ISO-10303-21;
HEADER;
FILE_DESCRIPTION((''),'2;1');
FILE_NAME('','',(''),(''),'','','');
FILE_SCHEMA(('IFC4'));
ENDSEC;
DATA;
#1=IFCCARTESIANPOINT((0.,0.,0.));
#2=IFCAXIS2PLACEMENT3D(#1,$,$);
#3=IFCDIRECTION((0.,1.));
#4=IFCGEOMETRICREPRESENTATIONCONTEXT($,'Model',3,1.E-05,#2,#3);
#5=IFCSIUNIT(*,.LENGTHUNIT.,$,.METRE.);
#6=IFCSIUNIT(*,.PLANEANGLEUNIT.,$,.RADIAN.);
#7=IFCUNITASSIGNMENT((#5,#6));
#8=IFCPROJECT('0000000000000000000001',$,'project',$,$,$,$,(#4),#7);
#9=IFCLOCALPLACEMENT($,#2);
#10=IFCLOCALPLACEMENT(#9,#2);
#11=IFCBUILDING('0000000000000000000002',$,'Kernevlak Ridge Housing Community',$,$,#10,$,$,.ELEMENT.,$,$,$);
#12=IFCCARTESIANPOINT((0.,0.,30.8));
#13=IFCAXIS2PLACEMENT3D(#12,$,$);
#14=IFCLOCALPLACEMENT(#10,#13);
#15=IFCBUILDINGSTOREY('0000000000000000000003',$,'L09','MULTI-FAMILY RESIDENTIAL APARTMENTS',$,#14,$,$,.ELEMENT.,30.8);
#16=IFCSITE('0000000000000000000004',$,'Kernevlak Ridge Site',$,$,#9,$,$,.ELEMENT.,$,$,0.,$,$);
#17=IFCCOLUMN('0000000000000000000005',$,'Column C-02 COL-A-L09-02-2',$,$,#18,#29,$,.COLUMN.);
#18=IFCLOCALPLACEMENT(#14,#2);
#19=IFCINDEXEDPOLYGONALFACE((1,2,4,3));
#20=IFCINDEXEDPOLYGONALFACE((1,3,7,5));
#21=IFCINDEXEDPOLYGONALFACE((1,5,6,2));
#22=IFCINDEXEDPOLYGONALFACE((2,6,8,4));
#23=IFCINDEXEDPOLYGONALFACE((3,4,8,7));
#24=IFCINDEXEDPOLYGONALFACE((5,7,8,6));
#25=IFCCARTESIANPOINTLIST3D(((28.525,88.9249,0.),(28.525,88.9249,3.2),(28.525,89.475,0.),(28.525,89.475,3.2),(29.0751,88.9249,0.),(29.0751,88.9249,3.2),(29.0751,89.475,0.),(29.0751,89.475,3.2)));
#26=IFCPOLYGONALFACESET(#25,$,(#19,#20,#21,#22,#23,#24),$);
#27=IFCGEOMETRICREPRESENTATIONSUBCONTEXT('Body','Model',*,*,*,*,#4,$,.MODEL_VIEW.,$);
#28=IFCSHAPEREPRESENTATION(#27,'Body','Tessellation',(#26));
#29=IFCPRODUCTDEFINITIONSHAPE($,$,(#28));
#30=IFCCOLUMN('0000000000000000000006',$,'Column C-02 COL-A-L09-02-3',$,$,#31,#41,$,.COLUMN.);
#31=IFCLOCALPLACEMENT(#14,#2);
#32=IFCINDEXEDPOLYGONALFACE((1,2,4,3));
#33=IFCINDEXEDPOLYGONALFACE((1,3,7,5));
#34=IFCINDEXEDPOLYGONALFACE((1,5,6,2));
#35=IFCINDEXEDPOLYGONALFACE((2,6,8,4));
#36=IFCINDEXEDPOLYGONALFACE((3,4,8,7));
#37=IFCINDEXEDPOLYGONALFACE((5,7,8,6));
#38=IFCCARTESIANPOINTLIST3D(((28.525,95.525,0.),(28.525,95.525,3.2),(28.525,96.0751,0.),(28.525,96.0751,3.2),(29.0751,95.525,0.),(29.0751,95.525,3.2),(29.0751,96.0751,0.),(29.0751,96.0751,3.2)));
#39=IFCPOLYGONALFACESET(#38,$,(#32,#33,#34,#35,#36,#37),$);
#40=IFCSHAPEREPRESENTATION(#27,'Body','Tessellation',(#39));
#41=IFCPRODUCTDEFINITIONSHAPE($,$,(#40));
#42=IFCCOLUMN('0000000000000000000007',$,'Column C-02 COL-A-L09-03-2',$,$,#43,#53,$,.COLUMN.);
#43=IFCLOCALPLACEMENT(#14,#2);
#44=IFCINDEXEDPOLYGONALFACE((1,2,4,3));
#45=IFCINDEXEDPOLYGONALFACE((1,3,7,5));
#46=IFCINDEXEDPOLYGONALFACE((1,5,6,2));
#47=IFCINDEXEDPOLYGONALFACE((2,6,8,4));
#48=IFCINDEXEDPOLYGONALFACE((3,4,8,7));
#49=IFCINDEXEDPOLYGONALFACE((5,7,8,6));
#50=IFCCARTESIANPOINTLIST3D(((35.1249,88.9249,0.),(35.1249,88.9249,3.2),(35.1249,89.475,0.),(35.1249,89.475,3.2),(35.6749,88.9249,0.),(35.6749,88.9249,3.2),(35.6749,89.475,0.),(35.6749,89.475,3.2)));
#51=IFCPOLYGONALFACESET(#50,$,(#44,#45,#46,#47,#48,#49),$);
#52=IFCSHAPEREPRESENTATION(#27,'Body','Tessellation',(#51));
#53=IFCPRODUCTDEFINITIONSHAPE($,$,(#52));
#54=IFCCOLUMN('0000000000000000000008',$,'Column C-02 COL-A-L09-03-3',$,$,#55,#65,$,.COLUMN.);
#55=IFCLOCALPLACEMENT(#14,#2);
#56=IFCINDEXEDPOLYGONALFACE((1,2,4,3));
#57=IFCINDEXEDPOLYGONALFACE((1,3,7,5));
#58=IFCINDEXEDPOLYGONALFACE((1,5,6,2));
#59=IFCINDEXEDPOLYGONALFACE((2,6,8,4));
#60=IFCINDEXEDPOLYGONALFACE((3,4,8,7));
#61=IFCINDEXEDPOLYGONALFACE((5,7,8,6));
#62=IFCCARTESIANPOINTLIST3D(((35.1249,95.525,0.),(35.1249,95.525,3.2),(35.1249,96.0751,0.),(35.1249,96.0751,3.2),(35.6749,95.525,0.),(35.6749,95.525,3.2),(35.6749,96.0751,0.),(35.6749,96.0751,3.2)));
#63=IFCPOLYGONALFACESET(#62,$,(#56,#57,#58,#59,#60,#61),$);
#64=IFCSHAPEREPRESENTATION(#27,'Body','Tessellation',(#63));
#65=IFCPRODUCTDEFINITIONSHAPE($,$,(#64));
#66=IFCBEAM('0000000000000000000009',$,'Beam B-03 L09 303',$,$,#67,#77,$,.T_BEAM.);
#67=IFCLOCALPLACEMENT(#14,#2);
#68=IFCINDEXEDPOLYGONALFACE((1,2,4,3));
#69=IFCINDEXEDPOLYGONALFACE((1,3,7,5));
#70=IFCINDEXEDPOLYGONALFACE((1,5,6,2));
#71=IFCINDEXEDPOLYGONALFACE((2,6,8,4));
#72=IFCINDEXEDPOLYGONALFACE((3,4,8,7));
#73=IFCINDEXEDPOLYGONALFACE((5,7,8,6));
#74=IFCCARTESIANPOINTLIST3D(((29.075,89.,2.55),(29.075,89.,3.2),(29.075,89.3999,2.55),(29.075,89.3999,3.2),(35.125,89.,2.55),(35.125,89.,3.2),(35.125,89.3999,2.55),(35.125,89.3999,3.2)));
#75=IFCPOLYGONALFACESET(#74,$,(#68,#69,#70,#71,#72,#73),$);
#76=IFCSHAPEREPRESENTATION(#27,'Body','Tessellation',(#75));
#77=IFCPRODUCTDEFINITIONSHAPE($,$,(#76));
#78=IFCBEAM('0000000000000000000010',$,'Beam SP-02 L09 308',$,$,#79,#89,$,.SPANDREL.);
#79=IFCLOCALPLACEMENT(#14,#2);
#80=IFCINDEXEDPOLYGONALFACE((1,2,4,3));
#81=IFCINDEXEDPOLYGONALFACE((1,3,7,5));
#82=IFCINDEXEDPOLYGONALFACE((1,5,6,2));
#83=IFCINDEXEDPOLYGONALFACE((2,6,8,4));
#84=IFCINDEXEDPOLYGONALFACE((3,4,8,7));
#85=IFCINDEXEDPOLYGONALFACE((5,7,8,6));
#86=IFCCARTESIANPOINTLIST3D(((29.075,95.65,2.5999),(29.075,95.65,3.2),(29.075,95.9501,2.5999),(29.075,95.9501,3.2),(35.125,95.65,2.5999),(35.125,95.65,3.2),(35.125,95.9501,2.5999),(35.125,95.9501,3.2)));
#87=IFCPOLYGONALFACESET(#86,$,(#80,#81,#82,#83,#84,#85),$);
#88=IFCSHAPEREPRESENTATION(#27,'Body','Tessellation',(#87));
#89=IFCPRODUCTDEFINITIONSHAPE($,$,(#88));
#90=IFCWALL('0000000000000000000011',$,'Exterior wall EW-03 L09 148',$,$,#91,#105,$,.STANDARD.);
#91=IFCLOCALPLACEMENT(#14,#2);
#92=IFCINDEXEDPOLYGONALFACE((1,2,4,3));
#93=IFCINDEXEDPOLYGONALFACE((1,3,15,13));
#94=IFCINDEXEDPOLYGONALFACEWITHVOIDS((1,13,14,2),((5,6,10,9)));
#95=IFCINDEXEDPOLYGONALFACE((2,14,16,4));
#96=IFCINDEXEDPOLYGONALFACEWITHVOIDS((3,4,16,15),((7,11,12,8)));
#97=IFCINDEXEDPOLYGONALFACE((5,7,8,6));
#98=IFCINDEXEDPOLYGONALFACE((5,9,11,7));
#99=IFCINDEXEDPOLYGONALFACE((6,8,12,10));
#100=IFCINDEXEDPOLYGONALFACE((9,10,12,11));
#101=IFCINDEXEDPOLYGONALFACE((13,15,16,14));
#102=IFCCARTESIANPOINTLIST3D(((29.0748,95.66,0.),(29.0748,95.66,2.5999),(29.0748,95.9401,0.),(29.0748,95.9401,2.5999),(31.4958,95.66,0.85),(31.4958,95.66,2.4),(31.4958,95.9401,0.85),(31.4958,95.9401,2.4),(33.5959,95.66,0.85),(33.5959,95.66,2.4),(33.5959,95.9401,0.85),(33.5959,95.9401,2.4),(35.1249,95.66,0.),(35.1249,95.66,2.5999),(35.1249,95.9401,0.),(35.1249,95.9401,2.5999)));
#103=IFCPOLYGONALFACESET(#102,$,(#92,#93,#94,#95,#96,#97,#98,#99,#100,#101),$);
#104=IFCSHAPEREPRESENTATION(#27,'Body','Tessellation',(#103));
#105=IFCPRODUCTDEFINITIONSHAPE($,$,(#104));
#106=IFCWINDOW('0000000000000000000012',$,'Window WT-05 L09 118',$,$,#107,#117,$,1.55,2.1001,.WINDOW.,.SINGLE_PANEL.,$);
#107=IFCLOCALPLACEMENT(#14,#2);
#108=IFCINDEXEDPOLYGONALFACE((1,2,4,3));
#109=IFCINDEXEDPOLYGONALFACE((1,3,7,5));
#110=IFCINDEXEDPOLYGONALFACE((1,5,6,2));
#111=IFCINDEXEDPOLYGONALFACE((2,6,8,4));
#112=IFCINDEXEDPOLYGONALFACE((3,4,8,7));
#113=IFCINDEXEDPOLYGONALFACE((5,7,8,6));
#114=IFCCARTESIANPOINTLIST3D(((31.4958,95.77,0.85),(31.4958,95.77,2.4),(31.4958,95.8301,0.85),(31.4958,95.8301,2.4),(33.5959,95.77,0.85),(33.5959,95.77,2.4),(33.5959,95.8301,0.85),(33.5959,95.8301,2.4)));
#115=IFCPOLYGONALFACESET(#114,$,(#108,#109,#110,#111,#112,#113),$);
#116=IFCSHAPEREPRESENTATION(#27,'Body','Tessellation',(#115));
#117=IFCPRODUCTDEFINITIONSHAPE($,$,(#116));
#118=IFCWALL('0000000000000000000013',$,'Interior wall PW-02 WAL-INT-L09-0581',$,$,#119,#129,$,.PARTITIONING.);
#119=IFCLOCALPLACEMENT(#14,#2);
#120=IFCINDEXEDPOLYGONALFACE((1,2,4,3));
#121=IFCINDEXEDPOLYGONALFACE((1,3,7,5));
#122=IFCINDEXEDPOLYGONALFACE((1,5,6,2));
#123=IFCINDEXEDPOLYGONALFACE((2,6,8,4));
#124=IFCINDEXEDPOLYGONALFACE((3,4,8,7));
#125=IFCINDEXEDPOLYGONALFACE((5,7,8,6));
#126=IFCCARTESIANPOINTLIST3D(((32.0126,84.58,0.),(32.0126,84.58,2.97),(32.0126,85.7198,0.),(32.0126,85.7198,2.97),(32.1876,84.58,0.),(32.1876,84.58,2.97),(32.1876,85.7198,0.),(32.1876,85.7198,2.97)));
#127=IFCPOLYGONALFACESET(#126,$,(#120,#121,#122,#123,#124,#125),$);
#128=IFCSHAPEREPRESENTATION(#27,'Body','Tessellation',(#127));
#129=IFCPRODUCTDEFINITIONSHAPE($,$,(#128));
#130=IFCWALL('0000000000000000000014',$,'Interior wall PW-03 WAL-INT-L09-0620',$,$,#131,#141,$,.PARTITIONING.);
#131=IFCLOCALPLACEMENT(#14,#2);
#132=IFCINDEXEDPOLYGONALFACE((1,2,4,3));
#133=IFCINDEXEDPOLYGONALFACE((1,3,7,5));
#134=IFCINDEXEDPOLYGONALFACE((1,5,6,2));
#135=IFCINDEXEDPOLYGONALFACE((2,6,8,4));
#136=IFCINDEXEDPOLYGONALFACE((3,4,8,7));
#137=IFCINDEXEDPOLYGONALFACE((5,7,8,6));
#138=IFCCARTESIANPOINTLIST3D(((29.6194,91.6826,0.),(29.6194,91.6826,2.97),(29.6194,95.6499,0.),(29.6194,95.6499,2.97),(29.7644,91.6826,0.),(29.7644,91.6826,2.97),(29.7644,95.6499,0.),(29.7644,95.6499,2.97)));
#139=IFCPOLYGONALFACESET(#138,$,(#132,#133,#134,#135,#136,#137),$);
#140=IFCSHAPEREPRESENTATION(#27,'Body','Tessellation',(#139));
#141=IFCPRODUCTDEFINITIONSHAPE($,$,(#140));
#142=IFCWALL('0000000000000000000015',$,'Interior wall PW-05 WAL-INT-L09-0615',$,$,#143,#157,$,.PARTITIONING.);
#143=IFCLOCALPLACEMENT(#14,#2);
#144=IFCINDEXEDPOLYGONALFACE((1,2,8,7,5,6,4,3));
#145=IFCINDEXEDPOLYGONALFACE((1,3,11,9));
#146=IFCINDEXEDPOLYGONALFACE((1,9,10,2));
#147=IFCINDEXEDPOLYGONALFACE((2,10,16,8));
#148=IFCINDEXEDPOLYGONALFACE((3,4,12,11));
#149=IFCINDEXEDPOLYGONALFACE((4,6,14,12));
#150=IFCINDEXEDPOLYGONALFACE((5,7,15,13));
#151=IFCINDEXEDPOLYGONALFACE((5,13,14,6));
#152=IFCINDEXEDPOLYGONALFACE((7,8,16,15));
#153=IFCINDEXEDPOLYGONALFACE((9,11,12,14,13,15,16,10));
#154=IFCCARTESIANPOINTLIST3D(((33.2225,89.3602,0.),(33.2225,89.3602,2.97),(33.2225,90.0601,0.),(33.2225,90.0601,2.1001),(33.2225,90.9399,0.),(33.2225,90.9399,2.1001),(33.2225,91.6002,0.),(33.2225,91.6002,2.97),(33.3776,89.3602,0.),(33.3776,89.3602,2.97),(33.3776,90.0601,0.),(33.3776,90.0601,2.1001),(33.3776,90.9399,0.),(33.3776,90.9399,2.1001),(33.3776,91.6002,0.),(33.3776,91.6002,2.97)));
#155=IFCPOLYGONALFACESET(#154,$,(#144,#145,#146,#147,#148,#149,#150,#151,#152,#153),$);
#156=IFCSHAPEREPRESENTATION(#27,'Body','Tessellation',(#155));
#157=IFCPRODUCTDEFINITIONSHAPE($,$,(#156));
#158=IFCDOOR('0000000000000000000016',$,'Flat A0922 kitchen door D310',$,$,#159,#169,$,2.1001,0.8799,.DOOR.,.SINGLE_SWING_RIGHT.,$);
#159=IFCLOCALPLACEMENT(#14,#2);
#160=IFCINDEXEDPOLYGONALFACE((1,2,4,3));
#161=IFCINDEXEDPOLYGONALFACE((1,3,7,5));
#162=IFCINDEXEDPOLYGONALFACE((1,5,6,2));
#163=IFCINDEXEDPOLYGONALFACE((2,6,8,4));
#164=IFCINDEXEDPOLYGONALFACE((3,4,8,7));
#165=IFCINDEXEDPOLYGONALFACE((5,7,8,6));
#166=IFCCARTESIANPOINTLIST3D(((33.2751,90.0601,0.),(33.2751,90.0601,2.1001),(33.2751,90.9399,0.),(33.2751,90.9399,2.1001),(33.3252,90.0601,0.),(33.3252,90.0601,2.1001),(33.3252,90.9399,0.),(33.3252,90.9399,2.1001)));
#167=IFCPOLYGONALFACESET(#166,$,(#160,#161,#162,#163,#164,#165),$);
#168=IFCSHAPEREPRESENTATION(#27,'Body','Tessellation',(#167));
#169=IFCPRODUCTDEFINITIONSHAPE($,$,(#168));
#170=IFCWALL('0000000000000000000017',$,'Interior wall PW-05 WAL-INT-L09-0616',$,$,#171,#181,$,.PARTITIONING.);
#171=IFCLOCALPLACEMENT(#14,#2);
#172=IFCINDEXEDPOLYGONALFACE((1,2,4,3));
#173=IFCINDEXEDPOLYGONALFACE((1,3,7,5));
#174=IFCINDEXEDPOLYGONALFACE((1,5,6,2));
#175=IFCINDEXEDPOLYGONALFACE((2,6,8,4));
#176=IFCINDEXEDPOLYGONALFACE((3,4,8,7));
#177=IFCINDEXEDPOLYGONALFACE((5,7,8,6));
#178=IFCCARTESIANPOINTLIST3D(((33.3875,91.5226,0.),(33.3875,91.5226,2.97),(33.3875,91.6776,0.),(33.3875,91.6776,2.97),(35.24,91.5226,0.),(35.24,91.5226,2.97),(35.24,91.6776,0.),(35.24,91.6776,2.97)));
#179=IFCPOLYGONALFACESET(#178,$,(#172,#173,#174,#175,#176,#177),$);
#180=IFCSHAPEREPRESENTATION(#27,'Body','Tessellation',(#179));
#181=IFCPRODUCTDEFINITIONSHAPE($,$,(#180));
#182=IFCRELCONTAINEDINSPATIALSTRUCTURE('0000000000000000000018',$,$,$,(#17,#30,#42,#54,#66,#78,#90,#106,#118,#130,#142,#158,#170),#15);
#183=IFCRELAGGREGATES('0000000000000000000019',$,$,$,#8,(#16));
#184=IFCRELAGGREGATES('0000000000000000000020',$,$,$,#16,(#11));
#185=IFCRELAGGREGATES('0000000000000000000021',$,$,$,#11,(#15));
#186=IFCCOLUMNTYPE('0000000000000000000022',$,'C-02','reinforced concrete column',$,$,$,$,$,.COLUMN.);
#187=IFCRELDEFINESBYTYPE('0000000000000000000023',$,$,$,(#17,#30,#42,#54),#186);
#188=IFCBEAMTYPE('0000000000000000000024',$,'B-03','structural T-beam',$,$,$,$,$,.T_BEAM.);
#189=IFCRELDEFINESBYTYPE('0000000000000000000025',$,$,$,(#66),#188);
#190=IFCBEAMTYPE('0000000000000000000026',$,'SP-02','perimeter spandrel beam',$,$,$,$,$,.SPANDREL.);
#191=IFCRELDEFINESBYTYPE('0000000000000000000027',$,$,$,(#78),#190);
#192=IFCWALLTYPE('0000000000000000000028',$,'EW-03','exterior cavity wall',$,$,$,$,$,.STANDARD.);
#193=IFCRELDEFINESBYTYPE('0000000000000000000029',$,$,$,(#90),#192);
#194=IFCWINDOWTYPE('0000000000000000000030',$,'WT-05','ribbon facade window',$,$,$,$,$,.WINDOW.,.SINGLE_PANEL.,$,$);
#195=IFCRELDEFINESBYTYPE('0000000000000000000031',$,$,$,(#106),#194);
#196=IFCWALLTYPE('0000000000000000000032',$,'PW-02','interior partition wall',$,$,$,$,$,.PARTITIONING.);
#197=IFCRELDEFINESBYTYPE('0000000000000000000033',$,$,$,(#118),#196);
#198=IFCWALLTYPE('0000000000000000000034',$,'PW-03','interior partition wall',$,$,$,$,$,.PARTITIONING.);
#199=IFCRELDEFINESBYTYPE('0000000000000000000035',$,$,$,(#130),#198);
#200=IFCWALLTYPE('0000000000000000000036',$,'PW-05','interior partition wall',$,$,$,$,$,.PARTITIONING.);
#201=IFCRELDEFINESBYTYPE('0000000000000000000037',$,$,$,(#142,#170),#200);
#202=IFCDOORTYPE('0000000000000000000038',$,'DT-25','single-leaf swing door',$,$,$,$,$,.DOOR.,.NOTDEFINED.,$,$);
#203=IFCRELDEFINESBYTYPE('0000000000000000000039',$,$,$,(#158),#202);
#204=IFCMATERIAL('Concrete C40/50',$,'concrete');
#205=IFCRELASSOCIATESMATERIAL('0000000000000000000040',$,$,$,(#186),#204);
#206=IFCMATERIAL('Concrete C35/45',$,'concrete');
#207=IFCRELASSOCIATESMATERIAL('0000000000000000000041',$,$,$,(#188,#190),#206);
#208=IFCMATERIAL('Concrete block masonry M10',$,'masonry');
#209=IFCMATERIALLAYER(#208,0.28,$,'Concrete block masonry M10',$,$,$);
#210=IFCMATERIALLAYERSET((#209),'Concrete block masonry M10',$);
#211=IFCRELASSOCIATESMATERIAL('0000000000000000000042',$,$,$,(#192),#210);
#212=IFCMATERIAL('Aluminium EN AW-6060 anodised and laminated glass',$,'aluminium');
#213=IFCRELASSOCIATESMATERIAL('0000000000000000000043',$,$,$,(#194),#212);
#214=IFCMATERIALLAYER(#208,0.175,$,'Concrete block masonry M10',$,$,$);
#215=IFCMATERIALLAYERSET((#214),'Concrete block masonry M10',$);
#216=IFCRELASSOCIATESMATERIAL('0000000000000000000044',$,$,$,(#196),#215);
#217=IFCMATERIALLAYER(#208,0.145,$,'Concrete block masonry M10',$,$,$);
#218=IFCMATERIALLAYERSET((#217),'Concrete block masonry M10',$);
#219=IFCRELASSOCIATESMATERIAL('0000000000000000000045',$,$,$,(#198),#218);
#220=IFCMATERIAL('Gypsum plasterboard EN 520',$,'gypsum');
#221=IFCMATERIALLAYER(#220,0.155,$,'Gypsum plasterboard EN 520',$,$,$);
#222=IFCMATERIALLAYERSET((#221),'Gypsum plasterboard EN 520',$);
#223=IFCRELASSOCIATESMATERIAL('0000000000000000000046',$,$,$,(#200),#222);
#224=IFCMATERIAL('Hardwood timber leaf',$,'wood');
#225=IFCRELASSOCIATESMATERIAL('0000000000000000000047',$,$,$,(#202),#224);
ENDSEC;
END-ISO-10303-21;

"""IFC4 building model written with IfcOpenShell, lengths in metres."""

from ifc_helpers import new_model, si_unit, direction, frame, frame_2d, origin, origin_2d, place, context, subcontext, project, spatial, rectangle, extrude, material, layer, layer_set, material_profile, profile_set, type_object, element, fill, save


model = new_model("IFC4")

# Units and contexts
model_context = context("Model", 3, precision=1e-05, world=origin(), true_north=direction((0.0, 1.0)))
body_context = subcontext(model_context, "Body", "Model", "MODEL_VIEW")
ifc_project = project(units=[si_unit("LENGTHUNIT", "METRE"), si_unit("PLANEANGLEUNIT", "RADIAN")], contexts=[model_context])

# Site, building, storey
site_placement = place(None, origin())
site = spatial("IfcSite", under=ifc_project, at=site_placement, Name="Kernevlak Ridge Site", CompositionType="ELEMENT", RefElevation=0.0)
building_placement = place(site_placement, origin())
building = spatial("IfcBuilding", under=site, at=building_placement, Name="Kernevlak Ridge Housing Community", CompositionType="ELEMENT")
storey_placement = place(building_placement, frame((0.0, 0.0, 30.8)))
storey = spatial("IfcBuildingStorey", under=building, at=storey_placement, Name="L09", Description="MULTI-FAMILY RESIDENTIAL APARTMENTS", CompositionType="ELEMENT", Elevation=30.8)

# Columns
ifc_material_1 = material(Name="Concrete C40/50", Category="concrete")
ifc_material_profile_1 = material_profile(ifc_material_1, rectangle(XDim=0.55, YDim=0.55, at=origin_2d()), Name="RC 550x550")
ifc_profile_set_1 = profile_set([ifc_material_profile_1], Name="Concrete C40/50")
column_type = type_object("IfcColumnType", Name="C-02", Description="reinforced concrete column", PredefinedType="COLUMN", material=ifc_profile_set_1)
for number, where, z_axis, x_axis, name in (
    (1, (28.8, 89.2, 0.0), (0.0, 0.0, 1.0), (1.0, 0.0, 0.0), "Column C-02 COL-A-L09-02-2"),
    (2, (28.8, 95.8, 0.0), (0.0, 0.0, 1.0), (1.0, 0.0, 0.0), "Column C-02 COL-A-L09-02-3"),
    (3, (35.3999, 89.2, 0.0), (0.0, 0.0, 1.0), (1.0, 0.0, 0.0), "Column C-02 COL-A-L09-03-2"),
    (4, (35.3999, 95.8, 0.0), (0.0, 0.0, 1.0), (1.0, 0.0, 0.0), "Column C-02 COL-A-L09-03-3"),
):
    element("IfcColumn", number, at=place(storey_placement, frame(where, z_axis=z_axis, x_axis=x_axis)), inside=storey, type_object=column_type, Name=name, PredefinedType="COLUMN", context=body_context, shape_type="SweptSolid", body=[
        extrude(rectangle(XDim=0.55, YDim=0.55, at=origin_2d()), origin(), (0.0, 0.0, 1.0), 3.2),
    ])

# Beams
ifc_material_2 = material(Name="Concrete C35/45", Category="concrete")
ifc_material_profile_2 = material_profile(ifc_material_2, rectangle(XDim=0.3999, YDim=0.6499, at=origin_2d()), Name="RC 400x650")
ifc_profile_set_2 = profile_set([ifc_material_profile_2], Name="Concrete C35/45")
beam_type_1 = type_object("IfcBeamType", Name="B-03", Description="structural T-beam", PredefinedType="T_BEAM", material=ifc_profile_set_2)
beam_1_placement = place(storey_placement, frame((29.075, 89.2, 2.875), z_axis=(1.0, 0.0, 0.0), x_axis=(0.0, 1.0, 0.0)))
element("IfcBeam", 5, at=beam_1_placement, inside=storey, type_object=beam_type_1, Name="Beam B-03 L09 303", PredefinedType="T_BEAM", context=body_context, shape_type="SweptSolid", body=[
    extrude(rectangle(XDim=0.3999, YDim=0.6499, at=origin_2d()), origin(), (0.0, 0.0, 1.0), 6.05),
])
ifc_material_profile_3 = material_profile(ifc_material_2, rectangle(XDim=0.3, YDim=0.6001, at=origin_2d()), Name="RC 300x600")
ifc_profile_set_3 = profile_set([ifc_material_profile_3], Name="Concrete C35/45")
beam_type_2 = type_object("IfcBeamType", Name="SP-02", Description="perimeter spandrel beam", PredefinedType="SPANDREL", material=ifc_profile_set_3)
beam_2_placement = place(storey_placement, frame((29.075, 95.8, 2.8999), z_axis=(1.0, 0.0, 0.0), x_axis=(0.0, 1.0, 0.0)))
element("IfcBeam", 6, at=beam_2_placement, inside=storey, type_object=beam_type_2, Name="Beam SP-02 L09 308", PredefinedType="SPANDREL", context=body_context, shape_type="SweptSolid", body=[
    extrude(rectangle(XDim=0.3, YDim=0.6001, at=origin_2d()), origin(), (0.0, 0.0, 1.0), 6.05),
])

# Wall, opening, window
ifc_material_3 = material(Name="Concrete block masonry M10", Category="masonry")
ifc_layer_1 = layer(ifc_material_3, 0.28, Name="Concrete block masonry M10")
ifc_layer_set_1 = layer_set([ifc_layer_1], Name="Concrete block masonry M10")
wall_type_1 = type_object("IfcWallType", Name="EW-03", Description="exterior cavity wall", PredefinedType="STANDARD", material=ifc_layer_set_1)
wall_1_placement = place(storey_placement, frame((29.075, 95.8, 0.0), z_axis=(0.0, 0.0, 1.0), x_axis=(1.0, 0.0, 0.0)))
wall_1 = element("IfcWall", 7, at=wall_1_placement, inside=storey, type_object=wall_type_1, Name="Exterior wall EW-03 L09 148", PredefinedType="STANDARD", context=body_context, shape_type="SweptSolid", body=[
    extrude(rectangle(XDim=6.05, YDim=0.28, at=frame_2d((3.0249, 0.0))), origin(), (0.0, 0.0, 1.0), 2.5999),
])
opening_1_placement = place(wall_1_placement, frame((2.4209, 0.0, 0.8501)))
opening_1 = element("IfcOpeningElement", 8, at=opening_1_placement, cuts=wall_1, PredefinedType="OPENING", context=body_context, shape_type="SweptSolid", body=[
    extrude(rectangle(XDim=2.1001, YDim=1.55, at=frame_2d((1.05, 0.7749))), frame((0.0, 0.1499, 0.0), z_axis=(0.0, -1.0, 0.0), x_axis=(1.0, 0.0, 0.0)), (0.0, 0.0, 1.0), 0.3),
])
ifc_material_4 = material(Name="Aluminium EN AW-6060 anodised and laminated glass", Category="aluminium")
window_type = type_object("IfcWindowType", Name="WT-05", Description="ribbon facade window", PartitioningType="SINGLE_PANEL", PredefinedType="WINDOW", material=ifc_material_4)
window_placement = place(opening_1_placement, origin())
window = element("IfcWindow", 9, at=window_placement, inside=storey, type_object=window_type, Name="Window WT-05 L09 118", OverallHeight=1.55, OverallWidth=2.1001, PartitioningType="SINGLE_PANEL", PredefinedType="WINDOW", context=body_context, shape_type="SweptSolid", body=[
    extrude(rectangle(XDim=2.1001, YDim=1.55, at=frame_2d((1.05, 0.7749))), frame((0.0, 0.03, 0.0), z_axis=(0.0, -1.0, 0.0), x_axis=(1.0, 0.0, 0.0)), (0.0, 0.0, 1.0), 0.0601),
])
fill(opening_1, window)

# Walls
ifc_layer_2 = layer(ifc_material_3, 0.175, Name="Concrete block masonry M10")
ifc_layer_set_2 = layer_set([ifc_layer_2], Name="Concrete block masonry M10")
wall_type_2 = type_object("IfcWallType", Name="PW-02", Description="interior partition wall", PredefinedType="PARTITIONING", material=ifc_layer_set_2)
wall_2_placement = place(storey_placement, frame((32.1001, 84.5801, 0.0), z_axis=(0.0, 0.0, 1.0), x_axis=(0.0, 1.0, 0.0)))
element("IfcWall", 10, at=wall_2_placement, inside=storey, type_object=wall_type_2, Name="Interior wall PW-02 WAL-INT-L09-0581", PredefinedType="PARTITIONING", context=body_context, shape_type="SweptSolid", body=[
    extrude(rectangle(XDim=1.1399, YDim=0.175, at=frame_2d((0.5698, 0.0))), origin(), (0.0, 0.0, 1.0), 2.97),
])
ifc_layer_3 = layer(ifc_material_3, 0.145, Name="Concrete block masonry M10")
ifc_layer_set_3 = layer_set([ifc_layer_3], Name="Concrete block masonry M10")
wall_type_3 = type_object("IfcWallType", Name="PW-03", Description="interior partition wall", PredefinedType="PARTITIONING", material=ifc_layer_set_3)
wall_3_placement = place(storey_placement, frame((29.6919, 91.6826, 0.0), z_axis=(0.0, 0.0, 1.0), x_axis=(0.0, 1.0, 0.0)))
element("IfcWall", 11, at=wall_3_placement, inside=storey, type_object=wall_type_3, Name="Interior wall PW-03 WAL-INT-L09-0620", PredefinedType="PARTITIONING", context=body_context, shape_type="SweptSolid", body=[
    extrude(rectangle(XDim=3.9673, YDim=0.145, at=frame_2d((1.9836, 0.0))), origin(), (0.0, 0.0, 1.0), 2.97),
])

# Wall, opening, door
ifc_material_5 = material(Name="Gypsum plasterboard EN 520", Category="gypsum")
ifc_layer_4 = layer(ifc_material_5, 0.155, Name="Gypsum plasterboard EN 520")
ifc_layer_set_4 = layer_set([ifc_layer_4], Name="Gypsum plasterboard EN 520")
wall_type_4 = type_object("IfcWallType", Name="PW-05", Description="interior partition wall", PredefinedType="PARTITIONING", material=ifc_layer_set_4)
wall_4_placement = place(storey_placement, frame((33.3, 89.3601, 0.0), z_axis=(0.0, 0.0, 1.0), x_axis=(0.0, 1.0, 0.0)))
wall_4 = element("IfcWall", 12, at=wall_4_placement, inside=storey, type_object=wall_type_4, Name="Interior wall PW-05 WAL-INT-L09-0615", PredefinedType="PARTITIONING", context=body_context, shape_type="SweptSolid", body=[
    extrude(rectangle(XDim=2.24, YDim=0.155, at=frame_2d((1.1201, 0.0))), origin(), (0.0, 0.0, 1.0), 2.97),
])
opening_2_placement = place(wall_4_placement, frame((0.7, 0.0, 0.0)))
opening_2 = element("IfcOpeningElement", 13, at=opening_2_placement, cuts=wall_4, PredefinedType="OPENING", context=body_context, shape_type="SweptSolid", body=[
    extrude(rectangle(XDim=0.8799, YDim=2.1001, at=frame_2d((0.4399, 1.05))), frame((0.0, 0.0874, 0.0), z_axis=(0.0, -1.0, 0.0), x_axis=(1.0, 0.0, 0.0)), (0.0, 0.0, 1.0), 0.175),
])
ifc_material_6 = material(Name="Hardwood timber leaf", Category="wood")
door_type_1 = type_object("IfcDoorType", Name="DT-25", Description="single-leaf swing door", OperationType="NOTDEFINED", PredefinedType="DOOR", material=ifc_material_6)
door_1_placement = place(opening_2_placement, origin())
door_1 = element("IfcDoor", 14, at=door_1_placement, inside=storey, type_object=door_type_1, Name="Flat A0922 kitchen door D310", OperationType="SINGLE_SWING_RIGHT", OverallHeight=2.1001, OverallWidth=0.8799, PredefinedType="DOOR", context=body_context, shape_type="SweptSolid", body=[
    extrude(rectangle(XDim=0.8799, YDim=2.1001, at=frame_2d((0.4399, 1.05))), frame((0.0, 0.0249, 0.0), z_axis=(0.0, -1.0, 0.0), x_axis=(1.0, 0.0, 0.0)), (0.0, 0.0, 1.0), 0.05),
])
fill(opening_2, door_1)

# Wall
wall_5_placement = place(storey_placement, frame((33.3875, 91.6001, 0.0), z_axis=(0.0, 0.0, 1.0), x_axis=(1.0, 0.0, 0.0)))
element("IfcWall", 15, at=wall_5_placement, inside=storey, type_object=wall_type_4, Name="Interior wall PW-05 WAL-INT-L09-0616", PredefinedType="PARTITIONING", context=body_context, shape_type="SweptSolid", body=[
    extrude(rectangle(XDim=1.8525, YDim=0.155, at=frame_2d((0.9263, 0.0))), origin(), (0.0, 0.0, 1.0), 2.97),
])

save(model, "model.ifc")
